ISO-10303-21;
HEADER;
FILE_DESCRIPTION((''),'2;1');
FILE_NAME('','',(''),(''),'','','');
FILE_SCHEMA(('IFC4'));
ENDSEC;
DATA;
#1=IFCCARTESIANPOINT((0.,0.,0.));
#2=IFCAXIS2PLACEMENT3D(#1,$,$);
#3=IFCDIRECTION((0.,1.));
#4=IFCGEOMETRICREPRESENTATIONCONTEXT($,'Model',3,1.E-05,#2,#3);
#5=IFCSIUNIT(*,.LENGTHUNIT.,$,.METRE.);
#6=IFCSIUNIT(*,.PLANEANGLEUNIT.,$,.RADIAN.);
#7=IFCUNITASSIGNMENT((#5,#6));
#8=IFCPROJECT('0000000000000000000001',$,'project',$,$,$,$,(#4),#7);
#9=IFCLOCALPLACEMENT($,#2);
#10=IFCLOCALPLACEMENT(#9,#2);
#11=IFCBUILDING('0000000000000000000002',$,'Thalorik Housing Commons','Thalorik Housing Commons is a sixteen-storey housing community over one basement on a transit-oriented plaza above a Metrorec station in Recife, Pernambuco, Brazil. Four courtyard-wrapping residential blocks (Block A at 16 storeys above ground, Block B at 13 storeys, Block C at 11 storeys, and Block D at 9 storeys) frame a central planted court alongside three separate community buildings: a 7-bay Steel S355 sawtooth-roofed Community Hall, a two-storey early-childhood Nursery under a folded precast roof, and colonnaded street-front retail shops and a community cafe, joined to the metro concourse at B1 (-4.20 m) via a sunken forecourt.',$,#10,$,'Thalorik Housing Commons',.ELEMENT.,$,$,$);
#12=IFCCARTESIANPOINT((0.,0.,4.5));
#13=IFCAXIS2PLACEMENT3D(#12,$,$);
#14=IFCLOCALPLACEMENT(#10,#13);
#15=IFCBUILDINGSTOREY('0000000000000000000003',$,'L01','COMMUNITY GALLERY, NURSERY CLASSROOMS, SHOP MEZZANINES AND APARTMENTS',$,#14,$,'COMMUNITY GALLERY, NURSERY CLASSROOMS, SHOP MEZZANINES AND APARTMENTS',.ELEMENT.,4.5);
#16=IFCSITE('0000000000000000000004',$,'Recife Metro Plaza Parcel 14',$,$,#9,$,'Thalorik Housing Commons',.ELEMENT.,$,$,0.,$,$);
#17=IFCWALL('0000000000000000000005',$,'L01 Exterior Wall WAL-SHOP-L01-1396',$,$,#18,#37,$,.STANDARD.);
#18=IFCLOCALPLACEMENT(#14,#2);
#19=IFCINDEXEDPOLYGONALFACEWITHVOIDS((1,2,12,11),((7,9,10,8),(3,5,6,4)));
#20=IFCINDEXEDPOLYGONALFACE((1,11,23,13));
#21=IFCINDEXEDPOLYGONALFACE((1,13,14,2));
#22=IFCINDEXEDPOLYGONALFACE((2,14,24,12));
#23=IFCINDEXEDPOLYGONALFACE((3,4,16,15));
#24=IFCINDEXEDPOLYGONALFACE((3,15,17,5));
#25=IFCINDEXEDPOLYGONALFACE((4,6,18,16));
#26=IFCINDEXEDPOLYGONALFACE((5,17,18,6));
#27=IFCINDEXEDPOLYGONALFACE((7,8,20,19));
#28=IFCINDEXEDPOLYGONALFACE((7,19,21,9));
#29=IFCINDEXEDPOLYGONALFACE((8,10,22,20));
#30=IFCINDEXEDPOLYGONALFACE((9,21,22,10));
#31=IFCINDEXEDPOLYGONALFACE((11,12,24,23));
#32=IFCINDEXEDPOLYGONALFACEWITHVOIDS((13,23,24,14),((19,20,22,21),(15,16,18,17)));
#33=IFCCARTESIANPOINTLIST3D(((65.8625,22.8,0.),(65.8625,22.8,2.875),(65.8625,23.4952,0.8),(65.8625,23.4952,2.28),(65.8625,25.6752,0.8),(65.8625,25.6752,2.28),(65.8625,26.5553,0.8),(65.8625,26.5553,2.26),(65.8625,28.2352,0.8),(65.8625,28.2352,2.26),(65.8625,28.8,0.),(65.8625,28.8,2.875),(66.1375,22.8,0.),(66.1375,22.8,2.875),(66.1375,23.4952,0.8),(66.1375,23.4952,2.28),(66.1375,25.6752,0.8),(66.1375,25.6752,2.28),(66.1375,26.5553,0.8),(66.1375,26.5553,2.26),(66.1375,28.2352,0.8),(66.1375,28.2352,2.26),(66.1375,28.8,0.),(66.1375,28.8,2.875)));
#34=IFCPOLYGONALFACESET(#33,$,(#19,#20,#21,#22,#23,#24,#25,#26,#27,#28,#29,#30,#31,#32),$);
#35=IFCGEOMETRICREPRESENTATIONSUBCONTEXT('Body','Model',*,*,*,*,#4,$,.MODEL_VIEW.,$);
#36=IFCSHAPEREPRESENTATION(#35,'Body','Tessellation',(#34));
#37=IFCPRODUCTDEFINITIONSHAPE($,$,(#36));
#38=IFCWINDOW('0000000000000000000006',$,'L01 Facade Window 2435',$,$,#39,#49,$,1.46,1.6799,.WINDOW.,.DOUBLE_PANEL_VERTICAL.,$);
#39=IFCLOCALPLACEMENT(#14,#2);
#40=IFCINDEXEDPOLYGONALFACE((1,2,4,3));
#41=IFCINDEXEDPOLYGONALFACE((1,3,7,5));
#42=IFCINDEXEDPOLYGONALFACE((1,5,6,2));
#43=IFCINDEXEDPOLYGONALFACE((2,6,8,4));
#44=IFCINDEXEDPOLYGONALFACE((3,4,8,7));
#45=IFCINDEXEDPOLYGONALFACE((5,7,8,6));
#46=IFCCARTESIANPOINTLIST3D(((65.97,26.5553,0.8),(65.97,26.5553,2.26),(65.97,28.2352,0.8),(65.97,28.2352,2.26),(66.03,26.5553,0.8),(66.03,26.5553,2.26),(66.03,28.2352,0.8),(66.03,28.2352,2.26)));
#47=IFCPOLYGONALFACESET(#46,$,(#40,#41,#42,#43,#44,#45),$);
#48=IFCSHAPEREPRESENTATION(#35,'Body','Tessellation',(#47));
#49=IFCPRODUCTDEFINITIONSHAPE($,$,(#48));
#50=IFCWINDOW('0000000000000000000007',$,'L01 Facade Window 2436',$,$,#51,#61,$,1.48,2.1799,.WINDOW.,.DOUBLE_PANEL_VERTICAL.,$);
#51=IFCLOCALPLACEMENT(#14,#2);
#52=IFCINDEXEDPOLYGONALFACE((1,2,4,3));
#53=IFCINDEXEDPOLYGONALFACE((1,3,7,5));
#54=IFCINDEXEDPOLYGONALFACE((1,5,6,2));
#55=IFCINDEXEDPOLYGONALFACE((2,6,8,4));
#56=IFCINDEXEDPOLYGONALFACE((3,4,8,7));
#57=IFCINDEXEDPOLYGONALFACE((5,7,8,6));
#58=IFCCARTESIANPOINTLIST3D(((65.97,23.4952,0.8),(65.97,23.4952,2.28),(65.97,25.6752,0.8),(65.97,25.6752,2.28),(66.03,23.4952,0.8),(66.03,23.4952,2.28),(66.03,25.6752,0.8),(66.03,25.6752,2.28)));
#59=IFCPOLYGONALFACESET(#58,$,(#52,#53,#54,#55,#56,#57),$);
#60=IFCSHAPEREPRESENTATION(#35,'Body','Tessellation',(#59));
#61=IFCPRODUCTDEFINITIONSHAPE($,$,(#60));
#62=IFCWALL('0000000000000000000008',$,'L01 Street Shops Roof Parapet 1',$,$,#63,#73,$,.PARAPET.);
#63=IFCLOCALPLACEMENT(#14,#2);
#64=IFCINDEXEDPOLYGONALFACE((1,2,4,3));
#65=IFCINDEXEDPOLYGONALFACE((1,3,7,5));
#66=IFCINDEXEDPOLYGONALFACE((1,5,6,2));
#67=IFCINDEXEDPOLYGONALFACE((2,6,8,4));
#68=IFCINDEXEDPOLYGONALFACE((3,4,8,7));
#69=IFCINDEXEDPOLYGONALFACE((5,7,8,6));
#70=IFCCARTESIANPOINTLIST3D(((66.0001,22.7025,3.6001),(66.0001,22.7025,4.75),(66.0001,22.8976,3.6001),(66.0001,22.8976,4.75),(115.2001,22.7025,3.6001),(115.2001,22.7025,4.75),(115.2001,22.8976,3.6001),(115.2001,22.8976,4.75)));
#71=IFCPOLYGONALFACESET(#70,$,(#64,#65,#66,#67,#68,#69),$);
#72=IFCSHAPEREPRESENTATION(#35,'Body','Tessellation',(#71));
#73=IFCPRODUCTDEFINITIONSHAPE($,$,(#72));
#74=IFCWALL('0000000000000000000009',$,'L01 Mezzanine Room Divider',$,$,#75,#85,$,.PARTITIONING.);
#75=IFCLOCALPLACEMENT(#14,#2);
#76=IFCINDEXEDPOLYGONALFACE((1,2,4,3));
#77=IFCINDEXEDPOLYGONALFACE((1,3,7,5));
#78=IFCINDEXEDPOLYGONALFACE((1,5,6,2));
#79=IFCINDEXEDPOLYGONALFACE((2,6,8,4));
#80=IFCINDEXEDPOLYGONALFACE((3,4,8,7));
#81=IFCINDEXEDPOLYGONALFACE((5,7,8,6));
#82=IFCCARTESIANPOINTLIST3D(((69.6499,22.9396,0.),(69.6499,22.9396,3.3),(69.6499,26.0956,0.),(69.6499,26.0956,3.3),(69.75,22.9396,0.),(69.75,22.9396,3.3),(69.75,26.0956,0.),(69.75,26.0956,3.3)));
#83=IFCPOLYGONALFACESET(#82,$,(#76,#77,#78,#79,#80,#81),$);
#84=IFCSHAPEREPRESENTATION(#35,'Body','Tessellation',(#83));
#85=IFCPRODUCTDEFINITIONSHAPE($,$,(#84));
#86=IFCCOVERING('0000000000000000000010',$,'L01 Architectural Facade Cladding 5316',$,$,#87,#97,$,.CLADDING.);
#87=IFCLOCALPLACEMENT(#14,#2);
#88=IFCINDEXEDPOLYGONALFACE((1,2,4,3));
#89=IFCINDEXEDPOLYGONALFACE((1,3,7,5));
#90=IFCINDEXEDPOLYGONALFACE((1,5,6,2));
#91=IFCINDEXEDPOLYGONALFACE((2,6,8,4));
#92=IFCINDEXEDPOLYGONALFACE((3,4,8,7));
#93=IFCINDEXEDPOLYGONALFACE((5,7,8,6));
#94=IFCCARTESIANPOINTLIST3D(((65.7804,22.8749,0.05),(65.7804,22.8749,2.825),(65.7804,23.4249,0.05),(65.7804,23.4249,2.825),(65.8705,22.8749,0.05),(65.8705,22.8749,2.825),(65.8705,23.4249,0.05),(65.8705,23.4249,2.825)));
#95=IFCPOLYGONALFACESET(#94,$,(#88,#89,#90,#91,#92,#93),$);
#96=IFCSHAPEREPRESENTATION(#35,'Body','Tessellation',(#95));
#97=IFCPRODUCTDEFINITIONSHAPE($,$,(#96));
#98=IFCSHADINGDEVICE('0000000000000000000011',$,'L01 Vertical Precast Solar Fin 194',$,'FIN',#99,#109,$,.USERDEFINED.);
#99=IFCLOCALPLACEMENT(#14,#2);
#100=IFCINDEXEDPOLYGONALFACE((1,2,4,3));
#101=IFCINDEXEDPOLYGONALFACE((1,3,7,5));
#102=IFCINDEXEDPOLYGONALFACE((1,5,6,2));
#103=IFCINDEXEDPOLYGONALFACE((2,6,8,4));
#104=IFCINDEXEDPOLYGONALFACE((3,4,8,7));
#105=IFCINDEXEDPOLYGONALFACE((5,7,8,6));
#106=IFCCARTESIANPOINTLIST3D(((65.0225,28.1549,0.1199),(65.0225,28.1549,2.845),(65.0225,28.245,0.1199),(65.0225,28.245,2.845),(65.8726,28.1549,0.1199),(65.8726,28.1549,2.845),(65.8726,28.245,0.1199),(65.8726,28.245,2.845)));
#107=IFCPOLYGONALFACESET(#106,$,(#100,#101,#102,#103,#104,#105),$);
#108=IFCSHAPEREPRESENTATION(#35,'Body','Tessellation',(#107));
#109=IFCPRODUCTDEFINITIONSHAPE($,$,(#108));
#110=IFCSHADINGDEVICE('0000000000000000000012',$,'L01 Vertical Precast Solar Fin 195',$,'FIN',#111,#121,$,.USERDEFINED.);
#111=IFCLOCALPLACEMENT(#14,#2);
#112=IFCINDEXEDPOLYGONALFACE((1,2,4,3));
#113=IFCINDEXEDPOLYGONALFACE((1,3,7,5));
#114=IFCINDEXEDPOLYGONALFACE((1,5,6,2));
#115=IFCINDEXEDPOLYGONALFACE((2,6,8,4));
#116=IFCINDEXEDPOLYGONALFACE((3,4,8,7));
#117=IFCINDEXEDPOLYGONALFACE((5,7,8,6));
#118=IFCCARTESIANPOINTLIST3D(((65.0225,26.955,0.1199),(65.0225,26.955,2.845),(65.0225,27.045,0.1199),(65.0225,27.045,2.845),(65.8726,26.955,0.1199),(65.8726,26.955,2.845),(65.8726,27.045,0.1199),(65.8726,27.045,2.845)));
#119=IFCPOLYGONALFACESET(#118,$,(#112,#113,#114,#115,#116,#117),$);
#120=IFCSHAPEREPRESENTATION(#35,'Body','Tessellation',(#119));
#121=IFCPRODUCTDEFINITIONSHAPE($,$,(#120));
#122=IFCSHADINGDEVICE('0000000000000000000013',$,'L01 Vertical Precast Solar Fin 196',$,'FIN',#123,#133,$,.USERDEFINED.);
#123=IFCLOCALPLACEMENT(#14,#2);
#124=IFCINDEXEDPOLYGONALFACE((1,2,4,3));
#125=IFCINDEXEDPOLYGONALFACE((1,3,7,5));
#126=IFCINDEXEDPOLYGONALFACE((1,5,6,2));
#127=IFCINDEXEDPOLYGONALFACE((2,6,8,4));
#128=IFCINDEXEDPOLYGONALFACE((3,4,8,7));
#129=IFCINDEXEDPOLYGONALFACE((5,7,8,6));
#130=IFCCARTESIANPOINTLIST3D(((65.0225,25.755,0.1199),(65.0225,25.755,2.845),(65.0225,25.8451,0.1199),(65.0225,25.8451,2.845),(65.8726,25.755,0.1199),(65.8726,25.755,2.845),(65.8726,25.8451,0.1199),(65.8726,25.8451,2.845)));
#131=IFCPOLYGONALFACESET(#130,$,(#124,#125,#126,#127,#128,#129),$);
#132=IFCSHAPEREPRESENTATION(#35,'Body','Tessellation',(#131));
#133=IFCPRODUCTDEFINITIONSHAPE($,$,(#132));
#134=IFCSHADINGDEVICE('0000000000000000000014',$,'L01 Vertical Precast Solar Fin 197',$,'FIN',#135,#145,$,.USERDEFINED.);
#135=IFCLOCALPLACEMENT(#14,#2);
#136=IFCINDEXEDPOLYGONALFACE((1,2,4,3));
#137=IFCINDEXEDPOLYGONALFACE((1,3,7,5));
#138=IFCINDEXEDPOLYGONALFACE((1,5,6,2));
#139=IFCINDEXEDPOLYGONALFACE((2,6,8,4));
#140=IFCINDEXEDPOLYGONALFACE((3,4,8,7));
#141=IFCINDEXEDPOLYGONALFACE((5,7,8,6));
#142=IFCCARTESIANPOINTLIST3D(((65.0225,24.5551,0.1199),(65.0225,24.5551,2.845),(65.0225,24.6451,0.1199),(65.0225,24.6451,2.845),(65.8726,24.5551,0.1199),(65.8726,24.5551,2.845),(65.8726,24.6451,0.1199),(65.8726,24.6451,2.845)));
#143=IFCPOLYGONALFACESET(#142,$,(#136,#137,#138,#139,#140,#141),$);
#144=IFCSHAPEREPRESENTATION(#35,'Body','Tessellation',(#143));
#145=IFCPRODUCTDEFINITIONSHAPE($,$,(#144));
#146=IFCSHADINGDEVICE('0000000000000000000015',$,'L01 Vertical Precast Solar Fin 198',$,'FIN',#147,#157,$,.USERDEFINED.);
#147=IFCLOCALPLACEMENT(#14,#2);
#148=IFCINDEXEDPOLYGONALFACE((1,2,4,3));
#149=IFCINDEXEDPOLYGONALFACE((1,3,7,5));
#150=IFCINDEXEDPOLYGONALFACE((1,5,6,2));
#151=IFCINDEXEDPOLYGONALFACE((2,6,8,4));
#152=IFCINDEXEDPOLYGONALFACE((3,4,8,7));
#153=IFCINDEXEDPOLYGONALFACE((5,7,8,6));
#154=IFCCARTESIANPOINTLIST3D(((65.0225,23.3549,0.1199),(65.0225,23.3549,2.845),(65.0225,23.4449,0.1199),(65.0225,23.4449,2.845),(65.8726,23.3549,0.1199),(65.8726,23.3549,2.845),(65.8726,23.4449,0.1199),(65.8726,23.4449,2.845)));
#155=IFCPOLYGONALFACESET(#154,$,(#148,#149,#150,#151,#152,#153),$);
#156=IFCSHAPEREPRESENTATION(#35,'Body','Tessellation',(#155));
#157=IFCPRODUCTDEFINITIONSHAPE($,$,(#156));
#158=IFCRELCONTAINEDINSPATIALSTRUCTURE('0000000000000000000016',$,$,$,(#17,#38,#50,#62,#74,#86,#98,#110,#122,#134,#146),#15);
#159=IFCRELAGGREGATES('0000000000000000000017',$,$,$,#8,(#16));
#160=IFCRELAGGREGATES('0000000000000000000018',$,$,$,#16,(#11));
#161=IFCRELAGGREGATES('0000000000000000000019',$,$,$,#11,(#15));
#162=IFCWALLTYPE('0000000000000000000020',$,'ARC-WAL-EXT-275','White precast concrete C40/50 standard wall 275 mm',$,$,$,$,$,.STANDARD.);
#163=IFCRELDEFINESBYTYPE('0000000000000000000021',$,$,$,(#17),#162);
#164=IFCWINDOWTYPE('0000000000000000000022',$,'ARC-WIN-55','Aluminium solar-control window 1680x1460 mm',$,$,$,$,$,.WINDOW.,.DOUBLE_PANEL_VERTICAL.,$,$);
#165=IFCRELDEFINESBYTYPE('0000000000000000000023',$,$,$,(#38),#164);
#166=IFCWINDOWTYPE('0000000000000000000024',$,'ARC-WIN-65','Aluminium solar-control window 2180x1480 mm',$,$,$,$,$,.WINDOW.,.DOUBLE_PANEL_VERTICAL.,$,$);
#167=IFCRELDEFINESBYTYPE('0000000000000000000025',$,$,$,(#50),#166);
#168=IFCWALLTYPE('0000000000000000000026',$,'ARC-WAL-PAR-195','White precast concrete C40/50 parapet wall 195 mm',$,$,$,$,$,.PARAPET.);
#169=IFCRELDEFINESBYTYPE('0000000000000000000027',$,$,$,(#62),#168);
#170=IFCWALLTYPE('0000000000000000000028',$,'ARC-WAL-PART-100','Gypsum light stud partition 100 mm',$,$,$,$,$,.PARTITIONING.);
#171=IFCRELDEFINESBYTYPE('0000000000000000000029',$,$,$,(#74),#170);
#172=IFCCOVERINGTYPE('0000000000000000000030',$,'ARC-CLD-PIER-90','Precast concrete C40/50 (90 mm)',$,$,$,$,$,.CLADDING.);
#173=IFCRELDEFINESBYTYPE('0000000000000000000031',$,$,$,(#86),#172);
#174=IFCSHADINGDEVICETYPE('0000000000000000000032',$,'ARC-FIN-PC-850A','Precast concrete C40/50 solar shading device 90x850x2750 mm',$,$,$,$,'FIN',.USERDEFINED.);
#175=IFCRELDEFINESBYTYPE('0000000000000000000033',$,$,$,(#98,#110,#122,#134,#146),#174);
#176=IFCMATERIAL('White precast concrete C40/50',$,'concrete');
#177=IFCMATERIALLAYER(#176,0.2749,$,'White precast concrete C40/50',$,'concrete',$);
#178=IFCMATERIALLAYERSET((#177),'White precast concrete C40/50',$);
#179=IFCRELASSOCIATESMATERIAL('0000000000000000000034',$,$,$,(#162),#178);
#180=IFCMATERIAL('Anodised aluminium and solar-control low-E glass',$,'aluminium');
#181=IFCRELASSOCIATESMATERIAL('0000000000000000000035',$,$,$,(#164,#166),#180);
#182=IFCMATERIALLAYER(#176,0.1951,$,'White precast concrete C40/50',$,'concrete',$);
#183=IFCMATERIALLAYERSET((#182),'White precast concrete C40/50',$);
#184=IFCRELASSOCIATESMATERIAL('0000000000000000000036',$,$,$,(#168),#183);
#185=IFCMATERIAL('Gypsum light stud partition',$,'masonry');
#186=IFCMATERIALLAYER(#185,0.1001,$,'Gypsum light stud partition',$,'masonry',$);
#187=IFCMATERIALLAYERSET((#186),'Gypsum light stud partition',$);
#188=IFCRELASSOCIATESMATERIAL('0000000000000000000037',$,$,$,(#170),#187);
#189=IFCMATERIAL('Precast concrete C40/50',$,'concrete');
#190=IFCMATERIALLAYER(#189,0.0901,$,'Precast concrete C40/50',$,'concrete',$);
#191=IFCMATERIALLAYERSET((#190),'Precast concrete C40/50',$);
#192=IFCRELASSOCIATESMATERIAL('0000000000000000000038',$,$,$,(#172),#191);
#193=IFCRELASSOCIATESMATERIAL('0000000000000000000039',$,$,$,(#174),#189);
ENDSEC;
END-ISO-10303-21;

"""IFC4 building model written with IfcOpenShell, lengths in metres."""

from ifc_helpers import new_model, si_unit, direction, frame, frame_2d, origin, origin_2d, place, context, subcontext, project, spatial, rectangle, extrude, material, layer, layer_set, type_object, element, fill, save


model = new_model("IFC4")

# Units and contexts
model_context = context("Model", 3, precision=1e-05, world=origin(), true_north=direction((0.0, 1.0)))
body_context = subcontext(model_context, "Body", "Model", "MODEL_VIEW")
ifc_project = project(units=[si_unit("LENGTHUNIT", "METRE"), si_unit("PLANEANGLEUNIT", "RADIAN")], contexts=[model_context])

# Site, building, storey
site_placement = place(None, origin())
site = spatial("IfcSite", under=ifc_project, at=site_placement, Name="Recife Metro Plaza Parcel 14", LongName="Thalorik Housing Commons", CompositionType="ELEMENT", RefElevation=0.0)
building_placement = place(site_placement, origin())
building = spatial("IfcBuilding", under=site, at=building_placement, Name="Thalorik Housing Commons", Description="Thalorik Housing Commons is a sixteen-storey housing community over one basement on a transit-oriented plaza above a Metrorec station in Recife, Pernambuco, Brazil. Four courtyard-wrapping residential blocks (Block A at 16 storeys above ground, Block B at 13 storeys, Block C at 11 storeys, and Block D at 9 storeys) frame a central planted court alongside three separate community buildings: a 7-bay Steel S355 sawtooth-roofed Community Hall, a two-storey early-childhood Nursery under a folded precast roof, and colonnaded street-front retail shops and a community cafe, joined to the metro concourse at B1 (-4.20 m) via a sunken forecourt.", LongName="Thalorik Housing Commons", CompositionType="ELEMENT")
storey_placement = place(building_placement, frame((0.0, 0.0, 4.5)))
storey = spatial("IfcBuildingStorey", under=building, at=storey_placement, Name="L01", Description="COMMUNITY GALLERY, NURSERY CLASSROOMS, SHOP MEZZANINES AND APARTMENTS", LongName="COMMUNITY GALLERY, NURSERY CLASSROOMS, SHOP MEZZANINES AND APARTMENTS", CompositionType="ELEMENT", Elevation=4.5)

# Shared definitions
ifc_material_1 = material(Name="Precast concrete C40/50", Category="concrete")

# Wall, openings, windows
ifc_material_2 = material(Name="White precast concrete C40/50", Category="concrete")
ifc_layer_1 = layer(ifc_material_2, 0.2749, Name="White precast concrete C40/50", Category="concrete")
ifc_layer_set_1 = layer_set([ifc_layer_1], Name="White precast concrete C40/50")
wall_type_1 = type_object("IfcWallType", Name="ARC-WAL-EXT-275", Description="White precast concrete C40/50 standard wall 275 mm", PredefinedType="STANDARD", material=ifc_layer_set_1)
ifc_material_3 = material(Name="Anodised aluminium and solar-control low-E glass", Category="aluminium")
wall_1_placement = place(storey_placement, frame((66.0, 28.8, 0.0), z_axis=(0.0, 0.0, 1.0), x_axis=(0.0, -1.0, 0.0)))
wall_1 = element("IfcWall", 1, at=wall_1_placement, inside=storey, type_object=wall_type_1, Name="L01 Exterior Wall WAL-SHOP-L01-1396", PredefinedType="STANDARD", context=body_context, shape_type="SweptSolid", body=[
    extrude(rectangle(XDim=6.0, YDim=0.2749, at=frame_2d((3.0, 0.0))), origin(), (0.0, 0.0, 1.0), 2.875),
])
opening_1_placement = place(wall_1_placement, frame((0.5649, 0.0, 0.8)))
opening_1 = element("IfcOpeningElement", 2, at=opening_1_placement, cuts=wall_1, PredefinedType="OPENING", context=body_context, shape_type="SweptSolid", body=[
    extrude(rectangle(XDim=1.6799, YDim=1.46, at=frame_2d((0.8398, 0.73))), frame((0.0, 0.1475, 0.0), z_axis=(0.0, -1.0, 0.0), x_axis=(1.0, 0.0, 0.0)), (0.0, 0.0, 1.0), 0.2949),
])
opening_2_placement = place(wall_1_placement, frame((3.125, 0.0, 0.8)))
opening_2 = element("IfcOpeningElement", 3, at=opening_2_placement, cuts=wall_1, PredefinedType="OPENING", context=body_context, shape_type="SweptSolid", body=[
    extrude(rectangle(XDim=2.1799, YDim=1.48, at=frame_2d((1.0898, 0.74))), frame((0.0, 0.1475, 0.0), z_axis=(0.0, -1.0, 0.0), x_axis=(1.0, 0.0, 0.0)), (0.0, 0.0, 1.0), 0.2949),
])
window_type_1 = type_object("IfcWindowType", Name="ARC-WIN-55", Description="Aluminium solar-control window 1680x1460 mm", PartitioningType="DOUBLE_PANEL_VERTICAL", PredefinedType="WINDOW", material=ifc_material_3)
window_1_placement = place(opening_1_placement, origin())
window_1 = element("IfcWindow", 4, at=window_1_placement, inside=storey, type_object=window_type_1, Name="L01 Facade Window 2435", OverallHeight=1.46, OverallWidth=1.6799, PartitioningType="DOUBLE_PANEL_VERTICAL", PredefinedType="WINDOW", context=body_context, shape_type="SweptSolid", body=[
    extrude(rectangle(XDim=1.6799, YDim=1.46, at=frame_2d((0.8398, 0.73))), frame((0.0, 0.03, 0.0), z_axis=(0.0, -1.0, 0.0), x_axis=(1.0, 0.0, 0.0)), (0.0, 0.0, 1.0), 0.0601),
])
fill(opening_1, window_1)
window_type_2 = type_object("IfcWindowType", Name="ARC-WIN-65", Description="Aluminium solar-control window 2180x1480 mm", PartitioningType="DOUBLE_PANEL_VERTICAL", PredefinedType="WINDOW", material=ifc_material_3)
window_2_placement = place(opening_2_placement, origin())
window_2 = element("IfcWindow", 5, at=window_2_placement, inside=storey, type_object=window_type_2, Name="L01 Facade Window 2436", OverallHeight=1.48, OverallWidth=2.1799, PartitioningType="DOUBLE_PANEL_VERTICAL", PredefinedType="WINDOW", context=body_context, shape_type="SweptSolid", body=[
    extrude(rectangle(XDim=2.1799, YDim=1.48, at=frame_2d((1.0898, 0.74))), frame((0.0, 0.03, 0.0), z_axis=(0.0, -1.0, 0.0), x_axis=(1.0, 0.0, 0.0)), (0.0, 0.0, 1.0), 0.0601),
])
fill(opening_2, window_2)

# Walls
ifc_layer_2 = layer(ifc_material_2, 0.1951, Name="White precast concrete C40/50", Category="concrete")
ifc_layer_set_2 = layer_set([ifc_layer_2], Name="White precast concrete C40/50")
wall_type_2 = type_object("IfcWallType", Name="ARC-WAL-PAR-195", Description="White precast concrete C40/50 parapet wall 195 mm", PredefinedType="PARAPET", material=ifc_layer_set_2)
wall_2_placement = place(storey_placement, frame((66.0, 22.8, 3.6001), z_axis=(0.0, 0.0, 1.0), x_axis=(1.0, 0.0, 0.0)))
element("IfcWall", 6, at=wall_2_placement, inside=storey, type_object=wall_type_2, Name="L01 Street Shops Roof Parapet 1", PredefinedType="PARAPET", context=body_context, shape_type="SweptSolid", body=[
    extrude(rectangle(XDim=49.2, YDim=0.1951, at=frame_2d((24.6001, 0.0))), origin(), (0.0, 0.0, 1.0), 1.1499),
])
ifc_material_4 = material(Name="Gypsum light stud partition", Category="masonry")
ifc_layer_3 = layer(ifc_material_4, 0.1001, Name="Gypsum light stud partition", Category="masonry")
ifc_layer_set_3 = layer_set([ifc_layer_3], Name="Gypsum light stud partition")
wall_type_3 = type_object("IfcWallType", Name="ARC-WAL-PART-100", Description="Gypsum light stud partition 100 mm", PredefinedType="PARTITIONING", material=ifc_layer_set_3)
wall_3_placement = place(storey_placement, frame((69.7, 22.9395, 0.0), z_axis=(0.0, 0.0, 1.0), x_axis=(0.0, 1.0, 0.0)))
element("IfcWall", 7, at=wall_3_placement, inside=storey, type_object=wall_type_3, Name="L01 Mezzanine Room Divider", PredefinedType="PARTITIONING", context=body_context, shape_type="SweptSolid", body=[
    extrude(rectangle(XDim=3.156, YDim=0.1001, at=frame_2d((1.5781, 0.0))), origin(), (0.0, 0.0, 1.0), 3.3),
])

# Covering
ifc_layer_4 = layer(ifc_material_1, 0.0901, Name="Precast concrete C40/50", Category="concrete")
ifc_layer_set_4 = layer_set([ifc_layer_4], Name="Precast concrete C40/50")
covering_type = type_object("IfcCoveringType", Name="ARC-CLD-PIER-90", Description="Precast concrete C40/50 (90 mm)", PredefinedType="CLADDING", material=ifc_layer_set_4)
covering_placement = place(storey_placement, frame((65.8254, 23.1499, 0.05), z_axis=(0.0, 0.0, 1.0), x_axis=(0.0, -1.0, 0.0)))
element("IfcCovering", 8, at=covering_placement, inside=storey, type_object=covering_type, Name="L01 Architectural Facade Cladding 5316", PredefinedType="CLADDING", context=body_context, shape_type="SweptSolid", body=[
    extrude(rectangle(XDim=0.55, YDim=0.0901, at=origin_2d()), origin(), (0.0, 0.0, 1.0), 2.7749),
])

# Shading devices
shading_device_type = type_object("IfcShadingDeviceType", Name="ARC-FIN-PC-850A", Description="Precast concrete C40/50 solar shading device 90x850x2750 mm", ElementType="FIN", PredefinedType="USERDEFINED", material=ifc_material_1)
for number, where, z_axis, x_axis, name in (
    (9, (65.4475, 28.2, 0.1199), (0.0, 0.0, 1.0), (0.0, -1.0, 0.0), "L01 Vertical Precast Solar Fin 194"),
    (10, (65.4475, 27.0, 0.1199), (0.0, 0.0, 1.0), (0.0, -1.0, 0.0), "L01 Vertical Precast Solar Fin 195"),
    (11, (65.4475, 25.8, 0.1199), (0.0, 0.0, 1.0), (0.0, -1.0, 0.0), "L01 Vertical Precast Solar Fin 196"),
    (12, (65.4475, 24.6001, 0.1199), (0.0, 0.0, 1.0), (0.0, -1.0, 0.0), "L01 Vertical Precast Solar Fin 197"),
    (13, (65.4475, 23.3999, 0.1199), (0.0, 0.0, 1.0), (0.0, -1.0, 0.0), "L01 Vertical Precast Solar Fin 198"),
):
    element("IfcShadingDevice", number, at=place(storey_placement, frame(where, z_axis=z_axis, x_axis=x_axis)), inside=storey, type_object=shading_device_type, Name=name, ObjectType="FIN", PredefinedType="USERDEFINED", context=body_context, shape_type="SweptSolid", body=[
        extrude(rectangle(XDim=0.0901, YDim=0.8501, at=origin_2d()), origin(), (0.0, 0.0, 1.0), 2.7251),
    ])

save(model, "model.ifc")
